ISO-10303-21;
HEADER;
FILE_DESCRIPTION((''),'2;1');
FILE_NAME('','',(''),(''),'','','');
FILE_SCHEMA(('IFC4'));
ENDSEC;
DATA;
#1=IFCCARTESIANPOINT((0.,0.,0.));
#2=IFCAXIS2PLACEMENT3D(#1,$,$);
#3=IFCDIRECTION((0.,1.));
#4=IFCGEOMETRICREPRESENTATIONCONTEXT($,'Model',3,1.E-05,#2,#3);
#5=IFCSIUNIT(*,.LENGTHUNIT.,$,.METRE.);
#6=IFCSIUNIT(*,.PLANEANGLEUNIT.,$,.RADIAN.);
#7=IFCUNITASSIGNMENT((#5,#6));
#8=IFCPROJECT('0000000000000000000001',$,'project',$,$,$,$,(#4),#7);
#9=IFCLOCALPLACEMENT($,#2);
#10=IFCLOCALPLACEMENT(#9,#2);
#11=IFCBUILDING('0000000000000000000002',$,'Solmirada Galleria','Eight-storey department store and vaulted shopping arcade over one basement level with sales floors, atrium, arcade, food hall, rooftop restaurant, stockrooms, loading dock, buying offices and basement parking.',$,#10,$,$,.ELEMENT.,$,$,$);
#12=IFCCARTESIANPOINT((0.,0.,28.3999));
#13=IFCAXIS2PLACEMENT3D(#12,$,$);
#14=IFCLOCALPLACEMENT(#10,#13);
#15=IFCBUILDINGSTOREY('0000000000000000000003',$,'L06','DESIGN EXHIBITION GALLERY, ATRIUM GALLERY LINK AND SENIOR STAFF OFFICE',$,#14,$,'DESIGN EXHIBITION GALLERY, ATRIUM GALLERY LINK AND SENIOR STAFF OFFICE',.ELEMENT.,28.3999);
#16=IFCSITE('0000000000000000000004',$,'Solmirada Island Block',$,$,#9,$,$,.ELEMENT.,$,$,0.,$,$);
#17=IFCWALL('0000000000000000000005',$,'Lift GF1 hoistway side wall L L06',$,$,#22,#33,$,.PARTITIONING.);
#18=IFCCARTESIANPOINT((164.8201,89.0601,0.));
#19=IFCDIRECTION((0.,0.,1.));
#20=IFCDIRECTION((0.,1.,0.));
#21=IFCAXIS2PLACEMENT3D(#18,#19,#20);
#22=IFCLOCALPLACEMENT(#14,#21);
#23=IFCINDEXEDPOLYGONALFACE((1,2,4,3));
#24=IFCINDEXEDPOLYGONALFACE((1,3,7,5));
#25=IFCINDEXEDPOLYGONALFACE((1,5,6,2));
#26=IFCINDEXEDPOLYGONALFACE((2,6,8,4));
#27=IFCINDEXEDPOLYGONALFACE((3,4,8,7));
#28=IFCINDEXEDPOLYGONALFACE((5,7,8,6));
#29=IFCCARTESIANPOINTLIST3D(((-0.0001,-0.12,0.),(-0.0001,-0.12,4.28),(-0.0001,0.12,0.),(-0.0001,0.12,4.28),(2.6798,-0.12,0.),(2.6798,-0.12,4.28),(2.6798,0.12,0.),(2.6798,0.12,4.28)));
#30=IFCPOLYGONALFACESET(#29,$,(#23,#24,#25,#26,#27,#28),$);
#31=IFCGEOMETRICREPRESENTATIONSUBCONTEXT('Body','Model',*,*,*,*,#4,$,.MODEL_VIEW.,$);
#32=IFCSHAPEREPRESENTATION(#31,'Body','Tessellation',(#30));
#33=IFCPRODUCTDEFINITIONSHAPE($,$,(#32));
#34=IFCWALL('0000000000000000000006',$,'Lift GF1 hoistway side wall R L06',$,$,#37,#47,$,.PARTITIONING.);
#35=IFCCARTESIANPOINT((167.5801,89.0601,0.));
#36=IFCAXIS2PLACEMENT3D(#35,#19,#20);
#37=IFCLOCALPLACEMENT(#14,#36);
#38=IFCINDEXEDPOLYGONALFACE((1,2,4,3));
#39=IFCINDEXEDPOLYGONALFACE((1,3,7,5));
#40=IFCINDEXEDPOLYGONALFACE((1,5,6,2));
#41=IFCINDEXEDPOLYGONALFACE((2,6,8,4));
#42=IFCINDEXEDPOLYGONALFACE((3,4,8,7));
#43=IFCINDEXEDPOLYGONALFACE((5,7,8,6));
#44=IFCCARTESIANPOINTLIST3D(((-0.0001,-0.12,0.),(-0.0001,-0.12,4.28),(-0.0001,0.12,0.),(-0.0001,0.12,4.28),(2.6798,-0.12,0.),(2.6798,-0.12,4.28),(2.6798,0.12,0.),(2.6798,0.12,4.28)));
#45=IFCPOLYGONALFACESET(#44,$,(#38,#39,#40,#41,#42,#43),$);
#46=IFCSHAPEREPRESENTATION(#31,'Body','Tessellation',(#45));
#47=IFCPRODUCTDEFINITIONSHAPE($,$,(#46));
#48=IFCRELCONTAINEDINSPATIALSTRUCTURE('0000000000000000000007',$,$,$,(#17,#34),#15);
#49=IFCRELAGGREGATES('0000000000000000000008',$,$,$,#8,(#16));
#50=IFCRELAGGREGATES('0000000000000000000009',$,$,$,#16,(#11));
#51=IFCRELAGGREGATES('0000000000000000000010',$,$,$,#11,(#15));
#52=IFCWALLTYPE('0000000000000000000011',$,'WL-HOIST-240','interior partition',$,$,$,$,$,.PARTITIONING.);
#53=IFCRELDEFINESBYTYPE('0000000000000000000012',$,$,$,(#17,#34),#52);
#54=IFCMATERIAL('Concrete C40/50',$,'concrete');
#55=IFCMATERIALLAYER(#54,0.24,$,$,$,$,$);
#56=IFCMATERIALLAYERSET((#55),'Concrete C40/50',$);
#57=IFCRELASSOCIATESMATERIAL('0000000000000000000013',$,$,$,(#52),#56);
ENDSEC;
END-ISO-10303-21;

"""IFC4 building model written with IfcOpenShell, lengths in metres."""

from ifc_helpers import new_model, si_unit, direction, frame, frame_2d, origin, place, context, subcontext, project, spatial, rectangle, extrude, material, layer, layer_set, type_object, element, save


model = new_model("IFC4")

# Units and contexts
model_context = context("Model", 3, precision=1e-05, world=origin(), true_north=direction((0.0, 1.0)))
body_context = subcontext(model_context, "Body", "Model", "MODEL_VIEW")
ifc_project = project(units=[si_unit("LENGTHUNIT", "METRE"), si_unit("PLANEANGLEUNIT", "RADIAN")], contexts=[model_context])

# Site, building, storey
site_placement = place(None, origin())
site = spatial("IfcSite", under=ifc_project, at=site_placement, Name="Solmirada Island Block", CompositionType="ELEMENT", RefElevation=0.0)
building_placement = place(site_placement, origin())
building = spatial("IfcBuilding", under=site, at=building_placement, Name="Solmirada Galleria", Description="Eight-storey department store and vaulted shopping arcade over one basement level with sales floors, atrium, arcade, food hall, rooftop restaurant, stockrooms, loading dock, buying offices and basement parking.", CompositionType="ELEMENT")
storey_placement = place(building_placement, frame((0.0, 0.0, 28.3999)))
storey = spatial("IfcBuildingStorey", under=building, at=storey_placement, Name="L06", Description="DESIGN EXHIBITION GALLERY, ATRIUM GALLERY LINK AND SENIOR STAFF OFFICE", LongName="DESIGN EXHIBITION GALLERY, ATRIUM GALLERY LINK AND SENIOR STAFF OFFICE", CompositionType="ELEMENT", Elevation=28.3999)

# Shared definitions
ifc_material_1 = material(Name="Concrete C40/50", Category="concrete")

# Shared definitions
ifc_layer_1 = layer(ifc_material_1, 0.24)
ifc_layer_set_1 = layer_set([ifc_layer_1], Name="Concrete C40/50")
wall_type_1 = type_object("IfcWallType", Name="WL-HOIST-240", Description="interior partition", PredefinedType="PARTITIONING", material=ifc_layer_set_1)

# Walls
for number, where, z_axis, x_axis, name in (
    (1, (164.8201, 89.0601, 0.0), (0.0, 0.0, 1.0), (0.0, 1.0, 0.0), "Lift GF1 hoistway side wall L L06"),
    (2, (167.5801, 89.0601, 0.0), (0.0, 0.0, 1.0), (0.0, 1.0, 0.0), "Lift GF1 hoistway side wall R L06"),
):
    element("IfcWall", number, at=place(storey_placement, frame(where, z_axis=z_axis, x_axis=x_axis)), inside=storey, type_object=wall_type_1, Name=name, PredefinedType="PARTITIONING", context=body_context, shape_type="SweptSolid", body=[
        extrude(rectangle(XDim=2.6799, YDim=0.24, at=frame_2d((1.3398, 0.0))), origin(), (0.0, 0.0, 1.0), 4.28),
    ])

save(model, "model.ifc")
